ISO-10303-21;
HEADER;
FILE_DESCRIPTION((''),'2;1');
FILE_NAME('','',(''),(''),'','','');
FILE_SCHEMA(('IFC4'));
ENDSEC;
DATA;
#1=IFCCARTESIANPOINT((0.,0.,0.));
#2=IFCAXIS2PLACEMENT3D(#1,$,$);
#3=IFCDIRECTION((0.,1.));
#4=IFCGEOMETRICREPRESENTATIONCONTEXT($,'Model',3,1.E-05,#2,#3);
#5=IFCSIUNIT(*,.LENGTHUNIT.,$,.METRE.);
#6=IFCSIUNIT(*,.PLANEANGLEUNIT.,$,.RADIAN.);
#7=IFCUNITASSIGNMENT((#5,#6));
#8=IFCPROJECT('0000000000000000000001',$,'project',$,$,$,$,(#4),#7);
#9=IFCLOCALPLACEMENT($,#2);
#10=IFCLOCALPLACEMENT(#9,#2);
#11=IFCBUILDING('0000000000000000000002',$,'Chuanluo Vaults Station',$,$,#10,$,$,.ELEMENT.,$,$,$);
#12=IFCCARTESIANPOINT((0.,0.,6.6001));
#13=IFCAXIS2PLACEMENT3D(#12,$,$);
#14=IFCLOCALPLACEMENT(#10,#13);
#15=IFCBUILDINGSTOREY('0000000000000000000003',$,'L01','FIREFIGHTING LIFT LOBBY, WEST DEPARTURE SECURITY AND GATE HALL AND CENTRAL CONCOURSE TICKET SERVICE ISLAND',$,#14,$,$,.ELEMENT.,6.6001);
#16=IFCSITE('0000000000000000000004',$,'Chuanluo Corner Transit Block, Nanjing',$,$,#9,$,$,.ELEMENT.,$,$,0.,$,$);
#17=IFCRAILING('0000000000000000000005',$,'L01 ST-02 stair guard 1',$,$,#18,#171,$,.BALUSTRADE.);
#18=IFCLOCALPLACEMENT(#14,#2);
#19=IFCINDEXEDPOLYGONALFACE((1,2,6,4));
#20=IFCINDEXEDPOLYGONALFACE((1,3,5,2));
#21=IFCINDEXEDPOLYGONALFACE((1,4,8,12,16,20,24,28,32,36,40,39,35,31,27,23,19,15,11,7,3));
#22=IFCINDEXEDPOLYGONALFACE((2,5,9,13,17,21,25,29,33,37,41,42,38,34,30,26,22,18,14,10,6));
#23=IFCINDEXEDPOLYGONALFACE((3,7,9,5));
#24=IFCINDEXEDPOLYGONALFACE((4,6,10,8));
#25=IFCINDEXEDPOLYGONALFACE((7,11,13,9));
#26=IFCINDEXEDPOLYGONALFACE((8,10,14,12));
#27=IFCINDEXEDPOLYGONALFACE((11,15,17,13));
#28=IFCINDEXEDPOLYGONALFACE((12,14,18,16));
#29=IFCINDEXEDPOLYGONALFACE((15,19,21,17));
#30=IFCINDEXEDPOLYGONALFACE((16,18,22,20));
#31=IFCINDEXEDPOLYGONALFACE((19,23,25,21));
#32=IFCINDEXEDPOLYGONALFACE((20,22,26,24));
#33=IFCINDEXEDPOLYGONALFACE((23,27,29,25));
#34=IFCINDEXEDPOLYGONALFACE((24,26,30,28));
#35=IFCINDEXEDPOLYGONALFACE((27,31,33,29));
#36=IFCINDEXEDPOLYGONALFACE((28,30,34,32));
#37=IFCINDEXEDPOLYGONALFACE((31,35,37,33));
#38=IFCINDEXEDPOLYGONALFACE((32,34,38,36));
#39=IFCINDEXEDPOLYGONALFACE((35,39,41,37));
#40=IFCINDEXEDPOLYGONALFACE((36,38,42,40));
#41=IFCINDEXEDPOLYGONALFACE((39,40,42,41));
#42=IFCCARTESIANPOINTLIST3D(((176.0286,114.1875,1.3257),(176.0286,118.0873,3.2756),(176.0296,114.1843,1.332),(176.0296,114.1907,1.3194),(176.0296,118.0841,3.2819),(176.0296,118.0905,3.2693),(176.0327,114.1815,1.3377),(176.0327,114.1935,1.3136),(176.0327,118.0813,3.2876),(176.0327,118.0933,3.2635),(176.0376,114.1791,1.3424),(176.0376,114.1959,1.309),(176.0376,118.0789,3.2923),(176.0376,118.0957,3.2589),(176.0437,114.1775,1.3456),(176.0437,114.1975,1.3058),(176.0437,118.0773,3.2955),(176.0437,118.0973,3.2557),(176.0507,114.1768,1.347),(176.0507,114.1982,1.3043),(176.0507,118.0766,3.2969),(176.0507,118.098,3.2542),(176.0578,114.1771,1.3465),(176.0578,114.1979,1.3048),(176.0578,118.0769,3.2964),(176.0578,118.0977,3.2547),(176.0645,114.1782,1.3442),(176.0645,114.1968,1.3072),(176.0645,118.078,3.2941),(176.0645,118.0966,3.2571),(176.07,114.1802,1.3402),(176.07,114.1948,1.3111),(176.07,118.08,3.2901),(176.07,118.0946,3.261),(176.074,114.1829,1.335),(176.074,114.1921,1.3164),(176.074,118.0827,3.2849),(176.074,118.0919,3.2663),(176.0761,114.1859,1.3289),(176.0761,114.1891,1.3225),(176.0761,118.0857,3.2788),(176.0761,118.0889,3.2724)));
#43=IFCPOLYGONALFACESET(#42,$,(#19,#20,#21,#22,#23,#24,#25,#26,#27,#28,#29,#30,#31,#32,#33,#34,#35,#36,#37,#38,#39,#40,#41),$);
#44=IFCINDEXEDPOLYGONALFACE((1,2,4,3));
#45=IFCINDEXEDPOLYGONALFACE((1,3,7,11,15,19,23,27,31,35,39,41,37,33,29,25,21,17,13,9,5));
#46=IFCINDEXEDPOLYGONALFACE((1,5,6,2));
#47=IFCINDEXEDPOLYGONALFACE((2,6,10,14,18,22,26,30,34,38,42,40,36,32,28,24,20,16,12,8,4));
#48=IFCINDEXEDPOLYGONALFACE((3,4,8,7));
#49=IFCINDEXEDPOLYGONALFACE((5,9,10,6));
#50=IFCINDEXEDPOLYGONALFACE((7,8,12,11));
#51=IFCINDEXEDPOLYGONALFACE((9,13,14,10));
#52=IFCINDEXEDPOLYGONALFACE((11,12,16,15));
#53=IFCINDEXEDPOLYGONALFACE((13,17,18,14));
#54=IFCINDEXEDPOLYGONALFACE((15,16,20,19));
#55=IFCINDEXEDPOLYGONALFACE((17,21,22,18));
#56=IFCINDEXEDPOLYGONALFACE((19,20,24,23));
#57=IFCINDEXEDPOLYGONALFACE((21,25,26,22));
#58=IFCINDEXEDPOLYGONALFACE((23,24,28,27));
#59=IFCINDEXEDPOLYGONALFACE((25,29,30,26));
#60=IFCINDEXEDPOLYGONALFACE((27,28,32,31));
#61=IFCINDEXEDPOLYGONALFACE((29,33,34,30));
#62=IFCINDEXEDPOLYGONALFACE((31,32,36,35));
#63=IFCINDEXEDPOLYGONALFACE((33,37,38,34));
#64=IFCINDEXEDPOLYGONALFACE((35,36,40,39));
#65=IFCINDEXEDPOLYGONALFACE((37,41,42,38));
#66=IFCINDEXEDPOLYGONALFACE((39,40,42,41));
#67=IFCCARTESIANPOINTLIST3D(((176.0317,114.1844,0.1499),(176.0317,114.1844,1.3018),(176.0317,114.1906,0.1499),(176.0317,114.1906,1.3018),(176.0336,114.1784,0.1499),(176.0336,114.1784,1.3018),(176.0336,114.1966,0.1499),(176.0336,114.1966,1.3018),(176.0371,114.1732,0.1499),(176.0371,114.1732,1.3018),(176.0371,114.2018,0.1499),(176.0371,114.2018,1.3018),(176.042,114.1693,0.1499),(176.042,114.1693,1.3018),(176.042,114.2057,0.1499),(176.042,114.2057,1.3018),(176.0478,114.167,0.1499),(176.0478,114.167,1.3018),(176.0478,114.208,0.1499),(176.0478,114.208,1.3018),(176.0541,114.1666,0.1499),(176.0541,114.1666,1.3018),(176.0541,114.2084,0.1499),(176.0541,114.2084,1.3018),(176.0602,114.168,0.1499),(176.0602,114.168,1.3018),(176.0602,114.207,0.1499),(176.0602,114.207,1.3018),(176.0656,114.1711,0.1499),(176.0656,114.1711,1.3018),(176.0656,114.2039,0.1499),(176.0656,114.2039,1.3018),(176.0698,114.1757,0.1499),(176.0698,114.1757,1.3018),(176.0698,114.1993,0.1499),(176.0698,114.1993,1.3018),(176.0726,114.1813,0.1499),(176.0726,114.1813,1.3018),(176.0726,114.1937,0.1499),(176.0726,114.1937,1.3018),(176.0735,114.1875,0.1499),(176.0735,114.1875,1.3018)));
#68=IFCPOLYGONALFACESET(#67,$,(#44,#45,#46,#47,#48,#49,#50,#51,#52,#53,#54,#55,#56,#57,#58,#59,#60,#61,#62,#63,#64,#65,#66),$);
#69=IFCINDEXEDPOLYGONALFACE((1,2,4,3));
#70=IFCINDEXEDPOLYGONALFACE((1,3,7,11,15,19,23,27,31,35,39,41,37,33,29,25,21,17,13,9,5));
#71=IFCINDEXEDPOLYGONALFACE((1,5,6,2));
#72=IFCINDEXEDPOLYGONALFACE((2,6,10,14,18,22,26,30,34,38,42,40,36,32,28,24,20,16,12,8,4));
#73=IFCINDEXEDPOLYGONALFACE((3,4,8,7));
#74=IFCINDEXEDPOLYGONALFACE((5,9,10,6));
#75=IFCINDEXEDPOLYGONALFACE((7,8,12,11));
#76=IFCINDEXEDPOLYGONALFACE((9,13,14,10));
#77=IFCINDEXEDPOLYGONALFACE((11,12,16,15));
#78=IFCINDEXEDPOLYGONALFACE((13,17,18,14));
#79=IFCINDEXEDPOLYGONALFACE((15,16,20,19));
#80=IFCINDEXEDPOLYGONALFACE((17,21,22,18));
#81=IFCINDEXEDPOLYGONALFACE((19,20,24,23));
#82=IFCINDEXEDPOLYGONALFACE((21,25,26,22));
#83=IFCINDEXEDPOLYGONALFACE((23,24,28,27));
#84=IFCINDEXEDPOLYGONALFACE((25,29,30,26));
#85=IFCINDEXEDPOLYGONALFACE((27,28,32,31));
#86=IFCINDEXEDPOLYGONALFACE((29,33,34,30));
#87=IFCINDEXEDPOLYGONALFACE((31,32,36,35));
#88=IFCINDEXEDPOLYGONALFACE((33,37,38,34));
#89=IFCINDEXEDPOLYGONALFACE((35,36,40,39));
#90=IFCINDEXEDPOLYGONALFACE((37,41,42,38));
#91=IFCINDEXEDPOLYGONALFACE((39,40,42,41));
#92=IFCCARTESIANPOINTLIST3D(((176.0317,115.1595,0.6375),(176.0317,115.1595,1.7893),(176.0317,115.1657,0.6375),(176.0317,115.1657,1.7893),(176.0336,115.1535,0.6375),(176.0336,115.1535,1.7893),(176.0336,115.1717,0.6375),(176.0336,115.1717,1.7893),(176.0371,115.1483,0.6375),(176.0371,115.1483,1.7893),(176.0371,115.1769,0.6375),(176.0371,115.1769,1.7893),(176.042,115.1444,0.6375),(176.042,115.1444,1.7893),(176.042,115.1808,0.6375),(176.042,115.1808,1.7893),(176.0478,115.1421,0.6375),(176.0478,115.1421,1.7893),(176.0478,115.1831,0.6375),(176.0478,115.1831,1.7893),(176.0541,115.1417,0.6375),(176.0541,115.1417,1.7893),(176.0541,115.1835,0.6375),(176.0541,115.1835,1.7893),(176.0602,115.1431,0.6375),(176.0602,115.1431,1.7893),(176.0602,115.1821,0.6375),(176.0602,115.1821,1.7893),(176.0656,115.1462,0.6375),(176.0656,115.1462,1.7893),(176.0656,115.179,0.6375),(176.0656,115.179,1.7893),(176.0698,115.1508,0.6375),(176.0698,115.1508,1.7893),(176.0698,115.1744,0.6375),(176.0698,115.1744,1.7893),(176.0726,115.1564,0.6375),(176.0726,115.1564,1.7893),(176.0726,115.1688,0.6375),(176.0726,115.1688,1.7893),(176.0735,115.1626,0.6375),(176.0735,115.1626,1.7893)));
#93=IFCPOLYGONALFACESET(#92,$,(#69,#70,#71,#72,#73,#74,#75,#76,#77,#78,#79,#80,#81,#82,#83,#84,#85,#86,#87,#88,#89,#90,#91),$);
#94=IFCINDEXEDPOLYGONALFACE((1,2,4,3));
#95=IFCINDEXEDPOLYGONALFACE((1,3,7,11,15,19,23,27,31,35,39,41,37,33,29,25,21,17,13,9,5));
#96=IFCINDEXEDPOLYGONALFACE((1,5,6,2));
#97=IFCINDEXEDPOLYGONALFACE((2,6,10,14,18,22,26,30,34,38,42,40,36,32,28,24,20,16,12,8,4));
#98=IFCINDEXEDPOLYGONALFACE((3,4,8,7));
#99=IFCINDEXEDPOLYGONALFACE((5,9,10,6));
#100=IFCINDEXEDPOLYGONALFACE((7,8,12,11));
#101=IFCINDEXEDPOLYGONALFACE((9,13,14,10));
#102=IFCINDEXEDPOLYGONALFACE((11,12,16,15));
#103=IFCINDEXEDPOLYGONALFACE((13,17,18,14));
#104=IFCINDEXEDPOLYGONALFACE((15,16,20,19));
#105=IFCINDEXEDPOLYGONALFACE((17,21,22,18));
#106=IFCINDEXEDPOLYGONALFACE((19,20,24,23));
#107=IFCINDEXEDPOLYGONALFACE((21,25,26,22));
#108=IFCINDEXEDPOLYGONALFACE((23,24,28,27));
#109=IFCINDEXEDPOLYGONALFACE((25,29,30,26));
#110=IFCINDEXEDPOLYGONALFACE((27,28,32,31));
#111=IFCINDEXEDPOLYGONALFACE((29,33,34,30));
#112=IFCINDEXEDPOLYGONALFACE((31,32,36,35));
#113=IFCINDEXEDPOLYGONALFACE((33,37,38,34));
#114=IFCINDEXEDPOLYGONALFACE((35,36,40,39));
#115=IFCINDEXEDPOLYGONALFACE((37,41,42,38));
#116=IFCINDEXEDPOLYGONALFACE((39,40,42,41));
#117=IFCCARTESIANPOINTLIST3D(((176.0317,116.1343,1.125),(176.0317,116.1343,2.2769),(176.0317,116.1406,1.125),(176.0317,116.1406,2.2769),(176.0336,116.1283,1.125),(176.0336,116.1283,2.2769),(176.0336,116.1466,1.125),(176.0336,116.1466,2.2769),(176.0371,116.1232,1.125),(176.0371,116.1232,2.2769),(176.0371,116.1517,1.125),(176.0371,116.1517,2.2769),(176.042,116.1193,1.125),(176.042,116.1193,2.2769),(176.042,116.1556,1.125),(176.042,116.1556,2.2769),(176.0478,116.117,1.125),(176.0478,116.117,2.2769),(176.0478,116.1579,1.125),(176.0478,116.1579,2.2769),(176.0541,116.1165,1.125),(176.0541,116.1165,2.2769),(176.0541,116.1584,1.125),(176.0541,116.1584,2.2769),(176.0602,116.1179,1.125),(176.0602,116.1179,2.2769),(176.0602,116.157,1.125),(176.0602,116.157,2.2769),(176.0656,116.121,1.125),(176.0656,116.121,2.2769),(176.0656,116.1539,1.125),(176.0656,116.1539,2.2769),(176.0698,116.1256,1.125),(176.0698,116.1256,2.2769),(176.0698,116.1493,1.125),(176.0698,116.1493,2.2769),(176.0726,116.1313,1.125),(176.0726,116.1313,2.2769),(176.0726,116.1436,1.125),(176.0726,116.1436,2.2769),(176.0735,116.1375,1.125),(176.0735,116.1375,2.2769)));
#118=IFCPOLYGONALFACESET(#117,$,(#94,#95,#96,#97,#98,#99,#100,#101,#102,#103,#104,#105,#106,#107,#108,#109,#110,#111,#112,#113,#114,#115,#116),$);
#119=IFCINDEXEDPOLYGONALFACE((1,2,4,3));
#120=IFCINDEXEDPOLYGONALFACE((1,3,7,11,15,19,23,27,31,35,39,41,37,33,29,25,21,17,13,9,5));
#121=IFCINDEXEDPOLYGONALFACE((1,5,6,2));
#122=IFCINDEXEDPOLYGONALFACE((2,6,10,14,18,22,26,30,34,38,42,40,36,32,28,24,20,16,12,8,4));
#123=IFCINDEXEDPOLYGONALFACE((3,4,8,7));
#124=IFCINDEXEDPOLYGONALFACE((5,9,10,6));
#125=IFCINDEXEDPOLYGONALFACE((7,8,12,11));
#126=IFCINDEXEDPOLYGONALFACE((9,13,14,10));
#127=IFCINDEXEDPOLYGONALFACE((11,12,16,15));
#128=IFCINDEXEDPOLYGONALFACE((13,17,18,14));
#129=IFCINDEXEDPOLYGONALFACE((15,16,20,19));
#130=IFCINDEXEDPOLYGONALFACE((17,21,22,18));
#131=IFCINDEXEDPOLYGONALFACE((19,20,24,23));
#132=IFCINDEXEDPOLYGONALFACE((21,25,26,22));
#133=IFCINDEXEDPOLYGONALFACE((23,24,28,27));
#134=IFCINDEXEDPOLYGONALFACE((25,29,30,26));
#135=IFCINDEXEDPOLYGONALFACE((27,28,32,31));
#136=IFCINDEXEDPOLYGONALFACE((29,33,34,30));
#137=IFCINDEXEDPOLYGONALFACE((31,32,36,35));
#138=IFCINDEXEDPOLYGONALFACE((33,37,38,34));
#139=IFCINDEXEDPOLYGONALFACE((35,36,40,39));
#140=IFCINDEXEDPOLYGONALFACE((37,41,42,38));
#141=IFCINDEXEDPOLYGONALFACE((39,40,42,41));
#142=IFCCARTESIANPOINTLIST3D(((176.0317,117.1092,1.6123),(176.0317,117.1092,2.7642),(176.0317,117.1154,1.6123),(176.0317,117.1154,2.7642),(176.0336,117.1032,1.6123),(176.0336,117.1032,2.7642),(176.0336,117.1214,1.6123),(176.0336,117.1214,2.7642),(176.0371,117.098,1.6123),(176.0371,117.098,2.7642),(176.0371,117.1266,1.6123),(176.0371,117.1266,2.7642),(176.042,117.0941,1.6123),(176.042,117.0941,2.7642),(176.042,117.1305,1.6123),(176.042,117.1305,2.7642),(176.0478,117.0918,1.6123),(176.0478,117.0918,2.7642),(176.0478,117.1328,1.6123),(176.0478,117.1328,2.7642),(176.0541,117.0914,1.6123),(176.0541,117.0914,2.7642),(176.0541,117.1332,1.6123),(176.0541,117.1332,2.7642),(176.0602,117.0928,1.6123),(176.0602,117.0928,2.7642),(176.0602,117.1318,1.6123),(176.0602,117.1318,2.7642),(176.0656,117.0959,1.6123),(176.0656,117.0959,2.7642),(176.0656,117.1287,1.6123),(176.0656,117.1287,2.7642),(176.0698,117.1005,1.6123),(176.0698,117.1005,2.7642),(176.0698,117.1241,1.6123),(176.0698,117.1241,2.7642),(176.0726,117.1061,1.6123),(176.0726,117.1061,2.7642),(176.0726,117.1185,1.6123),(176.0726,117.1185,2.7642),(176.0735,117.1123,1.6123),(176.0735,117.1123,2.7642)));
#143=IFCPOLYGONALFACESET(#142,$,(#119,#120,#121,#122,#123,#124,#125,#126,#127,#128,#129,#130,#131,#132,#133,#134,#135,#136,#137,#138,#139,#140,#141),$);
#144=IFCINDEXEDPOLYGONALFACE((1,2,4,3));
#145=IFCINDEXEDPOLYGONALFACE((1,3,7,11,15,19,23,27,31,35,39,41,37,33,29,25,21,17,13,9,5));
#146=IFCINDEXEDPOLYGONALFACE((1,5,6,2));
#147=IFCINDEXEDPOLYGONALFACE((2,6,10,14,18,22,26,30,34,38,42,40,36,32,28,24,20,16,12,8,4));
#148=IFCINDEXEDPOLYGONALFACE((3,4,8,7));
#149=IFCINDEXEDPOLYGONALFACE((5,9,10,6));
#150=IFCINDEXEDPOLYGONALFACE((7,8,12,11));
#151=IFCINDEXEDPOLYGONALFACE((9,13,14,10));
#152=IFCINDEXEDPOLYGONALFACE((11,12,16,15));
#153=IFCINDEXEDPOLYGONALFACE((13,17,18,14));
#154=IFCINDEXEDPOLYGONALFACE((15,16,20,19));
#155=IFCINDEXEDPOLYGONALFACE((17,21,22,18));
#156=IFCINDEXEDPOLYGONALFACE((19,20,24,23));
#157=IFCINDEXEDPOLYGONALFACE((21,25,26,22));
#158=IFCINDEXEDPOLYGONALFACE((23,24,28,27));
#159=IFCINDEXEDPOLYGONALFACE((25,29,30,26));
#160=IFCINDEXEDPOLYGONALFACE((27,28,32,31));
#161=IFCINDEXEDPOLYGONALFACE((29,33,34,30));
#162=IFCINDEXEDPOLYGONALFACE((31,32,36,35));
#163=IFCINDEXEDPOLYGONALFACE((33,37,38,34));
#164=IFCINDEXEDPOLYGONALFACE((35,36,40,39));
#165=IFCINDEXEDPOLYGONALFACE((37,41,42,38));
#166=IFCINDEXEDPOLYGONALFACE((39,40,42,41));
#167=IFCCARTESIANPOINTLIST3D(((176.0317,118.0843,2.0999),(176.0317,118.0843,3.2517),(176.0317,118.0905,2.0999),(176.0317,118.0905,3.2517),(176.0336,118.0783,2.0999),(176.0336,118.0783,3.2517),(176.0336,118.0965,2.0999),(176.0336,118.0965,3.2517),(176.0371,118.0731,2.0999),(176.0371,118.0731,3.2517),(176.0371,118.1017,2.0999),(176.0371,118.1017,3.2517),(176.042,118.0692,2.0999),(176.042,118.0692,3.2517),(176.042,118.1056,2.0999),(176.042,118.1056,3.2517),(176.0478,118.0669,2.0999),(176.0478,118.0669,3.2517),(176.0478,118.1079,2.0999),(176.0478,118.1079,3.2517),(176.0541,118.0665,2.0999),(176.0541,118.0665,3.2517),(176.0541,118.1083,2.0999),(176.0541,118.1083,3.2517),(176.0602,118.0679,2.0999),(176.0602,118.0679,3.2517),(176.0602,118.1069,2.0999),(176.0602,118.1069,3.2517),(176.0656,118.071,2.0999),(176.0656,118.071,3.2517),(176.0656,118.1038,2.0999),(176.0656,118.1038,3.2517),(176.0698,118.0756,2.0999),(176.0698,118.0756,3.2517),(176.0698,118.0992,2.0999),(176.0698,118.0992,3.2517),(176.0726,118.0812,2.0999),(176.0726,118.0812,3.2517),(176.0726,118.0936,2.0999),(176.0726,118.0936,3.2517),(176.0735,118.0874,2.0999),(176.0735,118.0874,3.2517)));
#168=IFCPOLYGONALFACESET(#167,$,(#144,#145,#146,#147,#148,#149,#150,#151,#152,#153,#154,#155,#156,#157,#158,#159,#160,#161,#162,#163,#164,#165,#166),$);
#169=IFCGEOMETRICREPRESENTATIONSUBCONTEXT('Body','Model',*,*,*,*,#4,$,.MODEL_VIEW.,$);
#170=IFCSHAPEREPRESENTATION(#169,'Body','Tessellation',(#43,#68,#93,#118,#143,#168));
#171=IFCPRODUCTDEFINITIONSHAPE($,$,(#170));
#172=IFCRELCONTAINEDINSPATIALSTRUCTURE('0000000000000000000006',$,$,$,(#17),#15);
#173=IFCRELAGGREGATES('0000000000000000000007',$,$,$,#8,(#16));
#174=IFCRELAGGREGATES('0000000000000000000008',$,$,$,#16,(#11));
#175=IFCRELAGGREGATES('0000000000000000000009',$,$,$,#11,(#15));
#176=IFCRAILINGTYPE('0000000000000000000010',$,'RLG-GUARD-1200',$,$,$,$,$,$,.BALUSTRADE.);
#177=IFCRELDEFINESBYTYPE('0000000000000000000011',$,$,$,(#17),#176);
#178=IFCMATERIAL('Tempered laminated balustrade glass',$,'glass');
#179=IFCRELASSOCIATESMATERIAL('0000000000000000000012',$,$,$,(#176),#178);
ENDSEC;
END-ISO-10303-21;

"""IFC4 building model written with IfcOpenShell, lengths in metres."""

from ifc_helpers import new_model, si_unit, direction, frame, origin, origin_2d, place, context, subcontext, project, spatial, circle, extrude, material, type_object, element, save


model = new_model("IFC4")

# Units and contexts
model_context = context("Model", 3, precision=1e-05, world=origin(), true_north=direction((0.0, 1.0)))
body_context = subcontext(model_context, "Body", "Model", "MODEL_VIEW")
ifc_project = project(units=[si_unit("LENGTHUNIT", "METRE"), si_unit("PLANEANGLEUNIT", "RADIAN")], contexts=[model_context])

# Site, building, storey
site_placement = place(None, origin())
site = spatial("IfcSite", under=ifc_project, at=site_placement, Name="Chuanluo Corner Transit Block, Nanjing", CompositionType="ELEMENT", RefElevation=0.0)
building_placement = place(site_placement, origin())
building = spatial("IfcBuilding", under=site, at=building_placement, Name="Chuanluo Vaults Station", CompositionType="ELEMENT")
storey_placement = place(building_placement, frame((0.0, 0.0, 6.6001)))
storey = spatial("IfcBuildingStorey", under=building, at=storey_placement, Name="L01", Description="FIREFIGHTING LIFT LOBBY, WEST DEPARTURE SECURITY AND GATE HALL AND CENTRAL CONCOURSE TICKET SERVICE ISLAND", CompositionType="ELEMENT", Elevation=6.6001)

# Railing
ifc_material_1 = material(Name="Tempered laminated balustrade glass", Category="glass")
railing_type_1 = type_object("IfcRailingType", Name="RLG-GUARD-1200", PredefinedType="BALUSTRADE", material=ifc_material_1)
railing_1_placement = place(storey_placement, frame((176.0525, 114.1875, 0.1499)))
element("IfcRailing", 1, at=railing_1_placement, inside=storey, type_object=railing_type_1, Name="L01 ST-02 stair guard 1", PredefinedType="BALUSTRADE", context=body_context, shape_type="SweptSolid", body=[
    extrude(circle(Radius=0.0239, at=origin_2d()), frame((0.0, 0.0, 1.1758), z_axis=(0.0, 0.894427, 0.447214), x_axis=(-1.0, 0.0, 0.0)), (0.0, 0.0, 1.0), 4.3601),
    extrude(circle(Radius=0.021, at=origin_2d()), origin(), (0.0, 0.0, 1.0), 1.1519),
    extrude(circle(Radius=0.021, at=origin_2d()), frame((0.0, 0.9751, 0.4875)), (0.0, 0.0, 1.0), 1.1519),
    extrude(circle(Radius=0.021, at=origin_2d()), frame((0.0, 1.95, 0.9751)), (0.0, 0.0, 1.0), 1.1519),
    extrude(circle(Radius=0.021, at=origin_2d()), frame((0.0, 2.9248, 1.4624)), (0.0, 0.0, 1.0), 1.1519),
    extrude(circle(Radius=0.021, at=origin_2d()), frame((0.0, 3.8999, 1.95)), (0.0, 0.0, 1.0), 1.1519),
])

save(model, "model.ifc")
